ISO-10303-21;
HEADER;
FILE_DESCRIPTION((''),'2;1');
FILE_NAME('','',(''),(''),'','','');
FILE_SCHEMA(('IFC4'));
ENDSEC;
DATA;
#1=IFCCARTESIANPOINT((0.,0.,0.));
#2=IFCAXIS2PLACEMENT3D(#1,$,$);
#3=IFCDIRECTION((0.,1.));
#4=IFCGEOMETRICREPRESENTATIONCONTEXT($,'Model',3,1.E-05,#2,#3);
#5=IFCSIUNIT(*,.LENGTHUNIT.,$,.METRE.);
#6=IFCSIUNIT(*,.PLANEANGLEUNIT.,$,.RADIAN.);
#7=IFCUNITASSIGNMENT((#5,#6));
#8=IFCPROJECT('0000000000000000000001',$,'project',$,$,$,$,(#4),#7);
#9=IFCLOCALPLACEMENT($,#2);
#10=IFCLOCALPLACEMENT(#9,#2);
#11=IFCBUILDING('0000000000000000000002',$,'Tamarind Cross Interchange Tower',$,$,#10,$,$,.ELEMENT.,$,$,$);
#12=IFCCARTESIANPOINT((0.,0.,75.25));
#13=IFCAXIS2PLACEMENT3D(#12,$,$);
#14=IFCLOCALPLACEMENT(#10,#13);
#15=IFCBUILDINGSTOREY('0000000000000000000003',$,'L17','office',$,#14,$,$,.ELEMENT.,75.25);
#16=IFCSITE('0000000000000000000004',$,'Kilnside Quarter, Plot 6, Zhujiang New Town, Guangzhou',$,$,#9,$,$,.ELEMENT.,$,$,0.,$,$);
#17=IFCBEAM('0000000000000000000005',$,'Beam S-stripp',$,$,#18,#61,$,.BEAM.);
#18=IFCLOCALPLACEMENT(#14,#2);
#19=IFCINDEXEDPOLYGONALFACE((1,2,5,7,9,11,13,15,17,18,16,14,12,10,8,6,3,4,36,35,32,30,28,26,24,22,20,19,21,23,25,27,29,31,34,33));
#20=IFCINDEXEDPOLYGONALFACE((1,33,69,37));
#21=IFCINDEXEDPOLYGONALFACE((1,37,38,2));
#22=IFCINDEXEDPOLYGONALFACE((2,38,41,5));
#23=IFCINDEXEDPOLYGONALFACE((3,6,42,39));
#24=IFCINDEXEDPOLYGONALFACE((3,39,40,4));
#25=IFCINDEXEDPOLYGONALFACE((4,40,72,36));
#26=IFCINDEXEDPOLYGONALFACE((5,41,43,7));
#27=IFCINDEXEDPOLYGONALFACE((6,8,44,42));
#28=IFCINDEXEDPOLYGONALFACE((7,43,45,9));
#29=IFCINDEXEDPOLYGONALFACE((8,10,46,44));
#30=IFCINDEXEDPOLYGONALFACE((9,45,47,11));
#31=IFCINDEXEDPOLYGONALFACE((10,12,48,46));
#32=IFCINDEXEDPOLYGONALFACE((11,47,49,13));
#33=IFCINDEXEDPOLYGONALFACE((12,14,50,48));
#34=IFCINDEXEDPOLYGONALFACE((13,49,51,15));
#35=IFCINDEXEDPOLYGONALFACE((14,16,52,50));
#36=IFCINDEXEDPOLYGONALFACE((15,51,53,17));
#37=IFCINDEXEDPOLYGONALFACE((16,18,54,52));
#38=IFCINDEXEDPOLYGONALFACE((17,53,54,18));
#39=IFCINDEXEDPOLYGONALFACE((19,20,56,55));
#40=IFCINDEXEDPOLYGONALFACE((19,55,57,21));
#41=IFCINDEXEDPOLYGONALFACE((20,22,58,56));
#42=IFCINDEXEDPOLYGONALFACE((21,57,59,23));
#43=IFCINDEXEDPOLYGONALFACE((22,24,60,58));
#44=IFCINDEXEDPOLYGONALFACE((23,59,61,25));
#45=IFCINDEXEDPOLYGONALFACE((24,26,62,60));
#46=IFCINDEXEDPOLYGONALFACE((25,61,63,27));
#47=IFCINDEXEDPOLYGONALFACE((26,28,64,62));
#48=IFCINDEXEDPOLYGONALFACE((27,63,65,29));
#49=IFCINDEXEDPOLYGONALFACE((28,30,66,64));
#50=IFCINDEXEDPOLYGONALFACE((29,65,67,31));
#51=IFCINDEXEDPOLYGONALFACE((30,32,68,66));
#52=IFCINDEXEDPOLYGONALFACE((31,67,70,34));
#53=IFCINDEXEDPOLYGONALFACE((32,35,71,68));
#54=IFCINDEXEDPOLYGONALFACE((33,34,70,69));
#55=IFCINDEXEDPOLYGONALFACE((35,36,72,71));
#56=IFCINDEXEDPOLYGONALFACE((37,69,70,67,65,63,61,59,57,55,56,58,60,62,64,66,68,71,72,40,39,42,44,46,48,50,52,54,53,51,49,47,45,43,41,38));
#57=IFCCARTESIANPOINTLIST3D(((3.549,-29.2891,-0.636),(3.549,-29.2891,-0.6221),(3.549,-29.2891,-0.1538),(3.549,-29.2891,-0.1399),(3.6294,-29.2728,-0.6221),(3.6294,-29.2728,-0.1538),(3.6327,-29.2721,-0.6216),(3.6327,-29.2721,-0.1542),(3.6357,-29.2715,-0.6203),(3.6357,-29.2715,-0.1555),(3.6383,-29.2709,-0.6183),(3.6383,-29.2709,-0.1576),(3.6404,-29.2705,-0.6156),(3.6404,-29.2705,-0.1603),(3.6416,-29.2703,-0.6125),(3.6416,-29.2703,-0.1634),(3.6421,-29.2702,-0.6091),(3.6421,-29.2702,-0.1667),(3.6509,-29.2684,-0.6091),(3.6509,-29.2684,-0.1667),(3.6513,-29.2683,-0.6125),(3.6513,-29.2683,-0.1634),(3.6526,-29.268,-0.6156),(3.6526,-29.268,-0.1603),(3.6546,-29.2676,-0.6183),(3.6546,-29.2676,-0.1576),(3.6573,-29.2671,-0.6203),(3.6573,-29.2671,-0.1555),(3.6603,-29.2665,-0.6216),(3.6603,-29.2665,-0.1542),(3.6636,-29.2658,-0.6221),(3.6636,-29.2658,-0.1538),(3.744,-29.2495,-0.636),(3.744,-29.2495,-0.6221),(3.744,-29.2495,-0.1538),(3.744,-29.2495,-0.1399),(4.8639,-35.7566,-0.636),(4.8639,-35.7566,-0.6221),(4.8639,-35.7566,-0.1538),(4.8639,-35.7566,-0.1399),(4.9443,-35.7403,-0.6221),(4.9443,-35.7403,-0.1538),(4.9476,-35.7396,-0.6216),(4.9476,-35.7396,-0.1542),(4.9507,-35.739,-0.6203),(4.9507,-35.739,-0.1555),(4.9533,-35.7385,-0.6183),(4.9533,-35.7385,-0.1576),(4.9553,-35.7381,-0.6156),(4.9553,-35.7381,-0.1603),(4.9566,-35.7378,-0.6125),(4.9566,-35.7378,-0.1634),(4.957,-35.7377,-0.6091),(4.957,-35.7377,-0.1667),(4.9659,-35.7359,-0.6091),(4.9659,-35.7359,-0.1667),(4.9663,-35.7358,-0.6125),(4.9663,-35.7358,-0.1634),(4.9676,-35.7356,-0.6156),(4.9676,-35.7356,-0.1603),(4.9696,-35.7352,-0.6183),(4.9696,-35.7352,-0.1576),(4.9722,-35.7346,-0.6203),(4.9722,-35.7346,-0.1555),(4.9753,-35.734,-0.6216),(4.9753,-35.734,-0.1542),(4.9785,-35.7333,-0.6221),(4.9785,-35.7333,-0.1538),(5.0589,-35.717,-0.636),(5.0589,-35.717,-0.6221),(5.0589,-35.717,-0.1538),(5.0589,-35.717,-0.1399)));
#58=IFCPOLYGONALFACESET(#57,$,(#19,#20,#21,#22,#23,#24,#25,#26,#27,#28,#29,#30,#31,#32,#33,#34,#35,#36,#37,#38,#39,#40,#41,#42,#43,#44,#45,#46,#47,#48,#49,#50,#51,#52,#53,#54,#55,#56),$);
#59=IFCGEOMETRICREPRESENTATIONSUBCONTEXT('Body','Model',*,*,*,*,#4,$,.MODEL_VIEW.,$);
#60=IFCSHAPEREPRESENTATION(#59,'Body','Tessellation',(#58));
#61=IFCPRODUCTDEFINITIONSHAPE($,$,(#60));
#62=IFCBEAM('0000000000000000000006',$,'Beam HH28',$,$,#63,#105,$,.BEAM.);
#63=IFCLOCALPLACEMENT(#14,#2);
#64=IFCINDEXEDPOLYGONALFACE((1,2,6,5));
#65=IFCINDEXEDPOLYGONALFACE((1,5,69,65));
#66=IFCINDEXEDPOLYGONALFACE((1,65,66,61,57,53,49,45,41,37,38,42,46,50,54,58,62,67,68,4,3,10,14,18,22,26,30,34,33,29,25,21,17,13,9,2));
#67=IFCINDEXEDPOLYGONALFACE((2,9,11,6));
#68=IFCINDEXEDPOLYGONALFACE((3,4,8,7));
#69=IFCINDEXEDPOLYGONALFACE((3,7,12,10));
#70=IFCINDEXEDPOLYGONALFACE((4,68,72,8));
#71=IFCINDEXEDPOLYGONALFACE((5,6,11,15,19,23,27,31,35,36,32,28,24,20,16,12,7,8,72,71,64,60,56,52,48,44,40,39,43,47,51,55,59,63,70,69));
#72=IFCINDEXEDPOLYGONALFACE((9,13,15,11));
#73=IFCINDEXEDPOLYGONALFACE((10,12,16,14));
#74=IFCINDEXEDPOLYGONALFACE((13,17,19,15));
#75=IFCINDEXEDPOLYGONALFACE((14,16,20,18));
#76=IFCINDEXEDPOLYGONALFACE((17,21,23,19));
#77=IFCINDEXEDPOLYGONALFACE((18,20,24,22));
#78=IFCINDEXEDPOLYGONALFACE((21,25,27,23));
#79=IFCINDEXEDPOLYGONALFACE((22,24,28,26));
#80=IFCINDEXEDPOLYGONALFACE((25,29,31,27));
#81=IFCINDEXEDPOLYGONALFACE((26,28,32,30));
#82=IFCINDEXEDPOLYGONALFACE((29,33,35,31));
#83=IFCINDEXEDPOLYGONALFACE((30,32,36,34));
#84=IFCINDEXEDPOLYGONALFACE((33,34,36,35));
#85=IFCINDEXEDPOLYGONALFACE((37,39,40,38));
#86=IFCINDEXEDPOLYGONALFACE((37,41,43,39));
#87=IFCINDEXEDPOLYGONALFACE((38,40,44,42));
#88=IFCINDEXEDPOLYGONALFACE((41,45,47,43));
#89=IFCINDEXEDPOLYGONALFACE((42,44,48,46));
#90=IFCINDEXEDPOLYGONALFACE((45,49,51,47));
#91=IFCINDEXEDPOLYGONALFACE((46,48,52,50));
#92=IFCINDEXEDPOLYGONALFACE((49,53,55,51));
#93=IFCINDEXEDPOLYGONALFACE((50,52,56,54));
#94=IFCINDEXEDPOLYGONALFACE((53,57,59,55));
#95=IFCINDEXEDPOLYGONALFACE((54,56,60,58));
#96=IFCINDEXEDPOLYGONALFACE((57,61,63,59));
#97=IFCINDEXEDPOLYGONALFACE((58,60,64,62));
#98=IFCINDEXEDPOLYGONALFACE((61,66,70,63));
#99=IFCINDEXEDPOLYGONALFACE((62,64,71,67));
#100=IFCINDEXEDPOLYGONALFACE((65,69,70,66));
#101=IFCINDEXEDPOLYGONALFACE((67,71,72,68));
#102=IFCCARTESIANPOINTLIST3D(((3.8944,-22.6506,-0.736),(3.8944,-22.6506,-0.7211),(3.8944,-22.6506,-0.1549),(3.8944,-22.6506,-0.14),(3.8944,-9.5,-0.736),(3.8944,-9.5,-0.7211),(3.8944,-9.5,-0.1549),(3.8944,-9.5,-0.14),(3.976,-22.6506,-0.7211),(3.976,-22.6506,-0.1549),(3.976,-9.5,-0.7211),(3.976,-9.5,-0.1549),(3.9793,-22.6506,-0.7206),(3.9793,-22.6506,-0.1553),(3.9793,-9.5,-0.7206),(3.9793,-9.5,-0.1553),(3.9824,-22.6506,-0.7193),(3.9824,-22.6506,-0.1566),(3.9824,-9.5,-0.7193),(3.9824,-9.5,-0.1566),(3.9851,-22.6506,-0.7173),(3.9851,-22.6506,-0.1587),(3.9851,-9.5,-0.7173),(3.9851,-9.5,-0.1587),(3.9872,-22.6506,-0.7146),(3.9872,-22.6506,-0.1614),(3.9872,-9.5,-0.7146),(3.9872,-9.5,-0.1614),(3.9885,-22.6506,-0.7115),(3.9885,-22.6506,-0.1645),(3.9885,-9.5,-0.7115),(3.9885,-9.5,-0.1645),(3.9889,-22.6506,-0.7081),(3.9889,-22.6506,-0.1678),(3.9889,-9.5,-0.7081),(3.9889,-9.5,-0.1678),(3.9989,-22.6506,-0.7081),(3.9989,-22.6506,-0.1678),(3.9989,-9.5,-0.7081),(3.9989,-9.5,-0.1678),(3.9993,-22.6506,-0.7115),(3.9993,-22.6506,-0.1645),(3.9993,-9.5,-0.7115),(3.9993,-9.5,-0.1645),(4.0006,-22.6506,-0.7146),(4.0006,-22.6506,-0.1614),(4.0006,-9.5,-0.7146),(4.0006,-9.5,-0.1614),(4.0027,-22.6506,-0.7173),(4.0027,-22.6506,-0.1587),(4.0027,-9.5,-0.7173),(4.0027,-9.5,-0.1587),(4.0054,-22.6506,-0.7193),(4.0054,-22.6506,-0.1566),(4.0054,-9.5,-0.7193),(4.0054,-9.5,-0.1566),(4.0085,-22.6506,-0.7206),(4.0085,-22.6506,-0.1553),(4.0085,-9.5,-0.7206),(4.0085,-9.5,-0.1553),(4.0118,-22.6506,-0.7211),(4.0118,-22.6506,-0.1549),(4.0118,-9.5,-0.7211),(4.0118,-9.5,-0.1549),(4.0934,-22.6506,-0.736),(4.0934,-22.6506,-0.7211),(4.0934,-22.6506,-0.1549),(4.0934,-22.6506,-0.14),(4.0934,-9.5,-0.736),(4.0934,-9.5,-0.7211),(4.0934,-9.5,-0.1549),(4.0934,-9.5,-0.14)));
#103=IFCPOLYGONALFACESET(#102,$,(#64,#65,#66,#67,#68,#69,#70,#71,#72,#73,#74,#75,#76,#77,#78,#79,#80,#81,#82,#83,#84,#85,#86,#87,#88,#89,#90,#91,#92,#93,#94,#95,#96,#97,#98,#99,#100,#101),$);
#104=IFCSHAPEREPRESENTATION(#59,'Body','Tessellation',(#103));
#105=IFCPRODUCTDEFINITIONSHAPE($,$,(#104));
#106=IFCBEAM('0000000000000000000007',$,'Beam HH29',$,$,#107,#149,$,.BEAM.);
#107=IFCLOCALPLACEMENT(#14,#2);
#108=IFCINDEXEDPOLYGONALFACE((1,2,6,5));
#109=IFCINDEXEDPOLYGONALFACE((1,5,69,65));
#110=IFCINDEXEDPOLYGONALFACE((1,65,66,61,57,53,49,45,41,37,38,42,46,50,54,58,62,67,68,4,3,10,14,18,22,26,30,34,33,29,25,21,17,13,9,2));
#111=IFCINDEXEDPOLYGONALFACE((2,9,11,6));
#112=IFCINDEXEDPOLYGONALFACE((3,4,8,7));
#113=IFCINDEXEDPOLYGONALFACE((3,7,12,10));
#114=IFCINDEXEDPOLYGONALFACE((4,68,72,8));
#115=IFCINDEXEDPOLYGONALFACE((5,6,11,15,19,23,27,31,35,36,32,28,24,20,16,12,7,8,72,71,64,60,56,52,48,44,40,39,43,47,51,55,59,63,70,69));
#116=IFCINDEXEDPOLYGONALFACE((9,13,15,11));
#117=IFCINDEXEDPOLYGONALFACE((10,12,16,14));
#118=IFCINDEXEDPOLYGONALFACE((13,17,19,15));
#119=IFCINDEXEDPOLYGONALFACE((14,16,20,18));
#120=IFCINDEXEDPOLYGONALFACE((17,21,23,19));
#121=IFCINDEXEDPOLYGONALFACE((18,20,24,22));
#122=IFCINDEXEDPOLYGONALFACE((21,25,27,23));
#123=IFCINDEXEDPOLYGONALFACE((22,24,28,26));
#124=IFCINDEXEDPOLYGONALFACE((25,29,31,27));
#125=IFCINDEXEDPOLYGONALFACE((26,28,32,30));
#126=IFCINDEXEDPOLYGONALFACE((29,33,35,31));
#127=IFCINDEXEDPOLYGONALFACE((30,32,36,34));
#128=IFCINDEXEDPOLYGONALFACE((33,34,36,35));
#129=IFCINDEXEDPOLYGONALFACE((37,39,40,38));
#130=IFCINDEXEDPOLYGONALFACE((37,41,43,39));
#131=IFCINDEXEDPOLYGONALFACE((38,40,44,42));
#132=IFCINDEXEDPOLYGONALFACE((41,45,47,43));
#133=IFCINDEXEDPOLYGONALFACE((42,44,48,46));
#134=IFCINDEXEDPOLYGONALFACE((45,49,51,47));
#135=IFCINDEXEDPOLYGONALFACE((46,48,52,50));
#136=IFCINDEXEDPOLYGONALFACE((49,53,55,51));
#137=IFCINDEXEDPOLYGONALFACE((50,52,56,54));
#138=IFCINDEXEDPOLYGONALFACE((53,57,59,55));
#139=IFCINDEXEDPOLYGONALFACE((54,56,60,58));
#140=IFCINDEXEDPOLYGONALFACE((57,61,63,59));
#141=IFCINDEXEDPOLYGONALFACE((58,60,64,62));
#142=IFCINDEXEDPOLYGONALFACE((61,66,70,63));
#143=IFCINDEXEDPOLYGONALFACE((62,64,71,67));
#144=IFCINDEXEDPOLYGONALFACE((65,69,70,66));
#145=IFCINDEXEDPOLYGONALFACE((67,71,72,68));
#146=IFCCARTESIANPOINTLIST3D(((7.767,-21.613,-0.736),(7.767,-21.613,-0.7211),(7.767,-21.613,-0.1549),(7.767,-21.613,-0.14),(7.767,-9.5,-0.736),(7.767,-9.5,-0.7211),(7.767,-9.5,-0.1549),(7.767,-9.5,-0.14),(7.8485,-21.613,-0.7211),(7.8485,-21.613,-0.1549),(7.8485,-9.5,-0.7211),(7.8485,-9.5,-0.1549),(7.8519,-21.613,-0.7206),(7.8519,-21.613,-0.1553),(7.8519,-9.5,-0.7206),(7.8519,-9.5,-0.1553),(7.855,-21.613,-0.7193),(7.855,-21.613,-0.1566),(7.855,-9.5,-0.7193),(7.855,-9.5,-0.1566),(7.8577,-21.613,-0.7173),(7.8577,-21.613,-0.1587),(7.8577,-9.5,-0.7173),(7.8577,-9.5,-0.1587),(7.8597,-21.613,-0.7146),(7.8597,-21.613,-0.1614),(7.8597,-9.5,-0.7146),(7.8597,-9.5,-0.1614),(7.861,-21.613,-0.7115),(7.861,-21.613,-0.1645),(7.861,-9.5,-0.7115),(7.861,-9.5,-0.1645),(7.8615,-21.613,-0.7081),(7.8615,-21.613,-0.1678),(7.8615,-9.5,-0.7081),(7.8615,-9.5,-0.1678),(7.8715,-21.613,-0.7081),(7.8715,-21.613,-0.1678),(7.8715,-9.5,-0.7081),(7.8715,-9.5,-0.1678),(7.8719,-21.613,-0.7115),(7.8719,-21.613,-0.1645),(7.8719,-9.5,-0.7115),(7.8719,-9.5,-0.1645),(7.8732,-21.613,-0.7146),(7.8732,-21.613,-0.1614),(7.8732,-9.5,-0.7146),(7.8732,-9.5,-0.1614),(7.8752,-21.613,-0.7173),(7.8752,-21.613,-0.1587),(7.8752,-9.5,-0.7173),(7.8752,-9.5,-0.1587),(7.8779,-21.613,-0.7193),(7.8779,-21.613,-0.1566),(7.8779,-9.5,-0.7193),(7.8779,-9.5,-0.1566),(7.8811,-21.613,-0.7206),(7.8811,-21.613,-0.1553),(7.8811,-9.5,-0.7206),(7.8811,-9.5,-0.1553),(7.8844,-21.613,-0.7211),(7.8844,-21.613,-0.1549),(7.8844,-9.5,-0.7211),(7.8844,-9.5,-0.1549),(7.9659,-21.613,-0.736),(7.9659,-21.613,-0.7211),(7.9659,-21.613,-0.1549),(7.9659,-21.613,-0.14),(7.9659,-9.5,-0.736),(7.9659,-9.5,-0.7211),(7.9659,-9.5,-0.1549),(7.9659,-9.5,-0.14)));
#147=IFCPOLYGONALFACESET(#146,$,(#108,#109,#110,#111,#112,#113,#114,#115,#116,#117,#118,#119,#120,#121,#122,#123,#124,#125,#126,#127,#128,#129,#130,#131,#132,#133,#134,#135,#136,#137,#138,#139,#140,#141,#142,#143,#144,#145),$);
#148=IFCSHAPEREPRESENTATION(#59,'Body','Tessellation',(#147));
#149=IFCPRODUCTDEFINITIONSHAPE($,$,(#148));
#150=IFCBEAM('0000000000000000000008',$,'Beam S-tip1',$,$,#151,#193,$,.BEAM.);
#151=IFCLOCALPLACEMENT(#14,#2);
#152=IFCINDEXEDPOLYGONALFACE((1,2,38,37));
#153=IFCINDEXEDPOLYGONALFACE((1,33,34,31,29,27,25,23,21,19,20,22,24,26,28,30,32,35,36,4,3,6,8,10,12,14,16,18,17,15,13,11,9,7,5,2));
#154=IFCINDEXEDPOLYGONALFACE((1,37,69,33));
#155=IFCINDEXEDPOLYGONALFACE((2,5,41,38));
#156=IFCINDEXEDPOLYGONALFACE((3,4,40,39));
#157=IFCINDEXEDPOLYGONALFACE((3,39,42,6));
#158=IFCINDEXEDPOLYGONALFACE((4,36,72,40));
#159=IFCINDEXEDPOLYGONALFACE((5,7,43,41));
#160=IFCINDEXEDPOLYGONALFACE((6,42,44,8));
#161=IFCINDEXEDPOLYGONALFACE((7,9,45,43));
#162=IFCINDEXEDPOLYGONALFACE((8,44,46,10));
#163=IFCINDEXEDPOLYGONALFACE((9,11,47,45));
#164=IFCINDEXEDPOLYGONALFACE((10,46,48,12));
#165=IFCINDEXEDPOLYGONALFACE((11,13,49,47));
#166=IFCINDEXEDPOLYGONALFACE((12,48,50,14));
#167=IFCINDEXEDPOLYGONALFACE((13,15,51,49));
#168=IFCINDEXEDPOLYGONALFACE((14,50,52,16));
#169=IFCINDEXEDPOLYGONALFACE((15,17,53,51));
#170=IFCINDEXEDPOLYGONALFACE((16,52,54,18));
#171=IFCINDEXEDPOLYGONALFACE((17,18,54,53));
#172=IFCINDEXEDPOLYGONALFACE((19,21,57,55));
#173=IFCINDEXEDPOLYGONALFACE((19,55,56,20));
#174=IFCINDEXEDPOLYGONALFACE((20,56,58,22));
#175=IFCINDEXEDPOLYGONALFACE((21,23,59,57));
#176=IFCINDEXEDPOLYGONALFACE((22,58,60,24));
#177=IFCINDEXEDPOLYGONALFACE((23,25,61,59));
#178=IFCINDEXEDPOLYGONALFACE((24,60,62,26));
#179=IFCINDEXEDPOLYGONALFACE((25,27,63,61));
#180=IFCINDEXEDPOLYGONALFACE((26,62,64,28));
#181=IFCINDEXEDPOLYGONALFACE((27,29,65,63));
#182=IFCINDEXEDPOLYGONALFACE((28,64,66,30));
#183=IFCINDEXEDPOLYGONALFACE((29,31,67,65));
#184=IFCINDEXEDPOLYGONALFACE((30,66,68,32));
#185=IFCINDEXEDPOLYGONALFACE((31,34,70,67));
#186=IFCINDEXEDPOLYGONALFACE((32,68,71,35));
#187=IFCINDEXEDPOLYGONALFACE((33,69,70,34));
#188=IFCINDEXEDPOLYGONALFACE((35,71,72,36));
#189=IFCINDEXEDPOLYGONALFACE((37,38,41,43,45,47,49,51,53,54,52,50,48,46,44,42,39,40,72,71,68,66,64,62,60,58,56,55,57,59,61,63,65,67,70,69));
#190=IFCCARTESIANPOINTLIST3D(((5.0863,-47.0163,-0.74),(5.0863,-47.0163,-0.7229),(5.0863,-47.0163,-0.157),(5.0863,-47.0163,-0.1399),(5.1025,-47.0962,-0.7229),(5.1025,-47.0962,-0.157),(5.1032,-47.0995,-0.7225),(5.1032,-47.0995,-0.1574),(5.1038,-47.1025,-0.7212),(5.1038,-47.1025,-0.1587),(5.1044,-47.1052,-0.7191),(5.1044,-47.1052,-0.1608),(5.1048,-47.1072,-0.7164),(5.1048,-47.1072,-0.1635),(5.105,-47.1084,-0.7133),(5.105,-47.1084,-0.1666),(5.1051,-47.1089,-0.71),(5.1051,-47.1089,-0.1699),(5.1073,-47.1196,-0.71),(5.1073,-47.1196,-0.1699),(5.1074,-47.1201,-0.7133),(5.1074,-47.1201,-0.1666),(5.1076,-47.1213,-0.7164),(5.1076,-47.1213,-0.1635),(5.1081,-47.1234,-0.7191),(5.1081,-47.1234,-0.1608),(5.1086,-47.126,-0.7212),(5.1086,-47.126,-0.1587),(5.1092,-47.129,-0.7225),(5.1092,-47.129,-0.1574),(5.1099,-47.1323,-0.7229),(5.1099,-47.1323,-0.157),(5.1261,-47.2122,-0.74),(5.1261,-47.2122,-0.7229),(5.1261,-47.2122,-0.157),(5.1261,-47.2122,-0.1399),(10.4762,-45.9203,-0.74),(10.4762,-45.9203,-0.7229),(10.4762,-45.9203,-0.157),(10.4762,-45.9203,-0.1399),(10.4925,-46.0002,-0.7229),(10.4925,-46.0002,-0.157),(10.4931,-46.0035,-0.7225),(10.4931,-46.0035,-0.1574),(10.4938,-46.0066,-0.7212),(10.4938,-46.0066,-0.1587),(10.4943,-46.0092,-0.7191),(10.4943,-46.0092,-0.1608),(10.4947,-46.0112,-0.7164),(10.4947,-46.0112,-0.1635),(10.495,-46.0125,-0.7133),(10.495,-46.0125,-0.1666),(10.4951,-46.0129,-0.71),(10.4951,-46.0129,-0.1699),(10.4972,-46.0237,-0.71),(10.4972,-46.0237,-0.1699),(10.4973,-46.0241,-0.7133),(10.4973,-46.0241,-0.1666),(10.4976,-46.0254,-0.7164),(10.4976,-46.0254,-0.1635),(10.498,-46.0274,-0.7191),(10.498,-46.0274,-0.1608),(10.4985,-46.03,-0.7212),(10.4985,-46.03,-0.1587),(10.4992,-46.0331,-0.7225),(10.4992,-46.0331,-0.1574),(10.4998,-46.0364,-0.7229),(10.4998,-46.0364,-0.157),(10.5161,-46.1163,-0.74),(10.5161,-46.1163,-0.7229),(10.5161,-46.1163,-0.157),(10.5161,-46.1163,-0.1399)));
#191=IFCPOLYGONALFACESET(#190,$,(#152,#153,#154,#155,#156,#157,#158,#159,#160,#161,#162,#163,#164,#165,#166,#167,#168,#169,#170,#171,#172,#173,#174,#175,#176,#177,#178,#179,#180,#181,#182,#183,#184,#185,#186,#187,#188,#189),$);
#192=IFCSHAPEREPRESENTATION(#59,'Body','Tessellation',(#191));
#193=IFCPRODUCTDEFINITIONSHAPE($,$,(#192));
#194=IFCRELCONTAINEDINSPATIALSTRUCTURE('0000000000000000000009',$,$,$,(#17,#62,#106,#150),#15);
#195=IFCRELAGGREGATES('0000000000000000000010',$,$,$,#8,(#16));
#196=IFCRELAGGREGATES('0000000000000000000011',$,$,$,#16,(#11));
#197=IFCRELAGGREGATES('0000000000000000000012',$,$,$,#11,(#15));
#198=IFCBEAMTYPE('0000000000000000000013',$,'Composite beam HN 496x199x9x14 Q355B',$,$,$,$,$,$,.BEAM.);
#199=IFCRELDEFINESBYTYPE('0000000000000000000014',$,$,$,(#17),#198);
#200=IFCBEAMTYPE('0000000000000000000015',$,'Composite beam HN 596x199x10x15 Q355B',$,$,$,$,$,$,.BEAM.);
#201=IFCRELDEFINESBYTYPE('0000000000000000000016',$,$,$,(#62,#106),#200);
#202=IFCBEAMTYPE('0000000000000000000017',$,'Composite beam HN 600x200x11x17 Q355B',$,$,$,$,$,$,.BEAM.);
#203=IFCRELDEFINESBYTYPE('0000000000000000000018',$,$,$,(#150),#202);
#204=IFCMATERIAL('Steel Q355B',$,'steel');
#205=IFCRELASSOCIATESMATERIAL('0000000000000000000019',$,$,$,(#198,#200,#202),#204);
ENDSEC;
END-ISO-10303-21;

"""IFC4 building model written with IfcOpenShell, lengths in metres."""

from ifc_helpers import new_model, si_unit, direction, frame, origin, origin_2d, place, context, subcontext, project, spatial, i_section, extrude, material, material_profile, profile_set, type_object, element, save


model = new_model("IFC4")

# Units and contexts
model_context = context("Model", 3, precision=1e-05, world=origin(), true_north=direction((0.0, 1.0)))
body_context = subcontext(model_context, "Body", "Model", "MODEL_VIEW")
ifc_project = project(units=[si_unit("LENGTHUNIT", "METRE"), si_unit("PLANEANGLEUNIT", "RADIAN")], contexts=[model_context])

# Site, building, storey
site_placement = place(None, origin())
site = spatial("IfcSite", under=ifc_project, at=site_placement, Name="Kilnside Quarter, Plot 6, Zhujiang New Town, Guangzhou", CompositionType="ELEMENT", RefElevation=0.0)
building_placement = place(site_placement, origin())
building = spatial("IfcBuilding", under=site, at=building_placement, Name="Tamarind Cross Interchange Tower", CompositionType="ELEMENT")
storey_placement = place(building_placement, frame((0.0, 0.0, 75.25)))
storey = spatial("IfcBuildingStorey", under=building, at=storey_placement, Name="L17", Description="office", CompositionType="ELEMENT", Elevation=75.25)

# Beams
ifc_material_1 = material(Name="Steel Q355B", Category="steel")
ifc_material_profile_1 = material_profile(ifc_material_1, i_section(OverallWidth=0.199, OverallDepth=0.4961, WebThickness=0.009, FlangeThickness=0.0139, FilletRadius=0.0129, at=origin_2d()), Name="HN 496x199x9x14")
ifc_profile_set_1 = profile_set([ifc_material_profile_1], Name="Steel Q355B")
beam_type_1 = type_object("IfcBeamType", Name="Composite beam HN 496x199x9x14 Q355B", PredefinedType="BEAM", material=ifc_profile_set_1)
beam_1_placement = place(storey_placement, frame((3.6465, -29.2693, -0.3879), z_axis=(0.199238, -0.979951, 0.0), x_axis=(0.979951, 0.199238, 0.0)))
element("IfcBeam", 1, at=beam_1_placement, inside=storey, type_object=beam_type_1, Name="Beam S-stripp", PredefinedType="BEAM", context=body_context, shape_type="SweptSolid", body=[
    extrude(i_section(OverallWidth=0.199, OverallDepth=0.4961, WebThickness=0.009, FlangeThickness=0.0139, FilletRadius=0.0129, at=origin_2d()), origin(), (0.0, 0.0, 1.0), 6.5999),
])
ifc_material_profile_2 = material_profile(ifc_material_1, i_section(OverallWidth=0.199, OverallDepth=0.5959, WebThickness=0.01, FlangeThickness=0.0149, FilletRadius=0.0129, at=origin_2d()), Name="HN 596x199x10x15")
ifc_profile_set_2 = profile_set([ifc_material_profile_2], Name="Steel Q355B")
beam_type_2 = type_object("IfcBeamType", Name="Composite beam HN 596x199x10x15 Q355B", PredefinedType="BEAM", material=ifc_profile_set_2)
beam_2_placement = place(storey_placement, frame((3.9939, -22.6506, -0.438), z_axis=(0.0, 1.0, 0.0), x_axis=(-1.0, 0.0, 0.0)))
element("IfcBeam", 2, at=beam_2_placement, inside=storey, type_object=beam_type_2, Name="Beam HH28", PredefinedType="BEAM", context=body_context, shape_type="SweptSolid", body=[
    extrude(i_section(OverallWidth=0.199, OverallDepth=0.5959, WebThickness=0.01, FlangeThickness=0.0149, FilletRadius=0.0129, at=origin_2d()), origin(), (0.0, 0.0, 1.0), 13.1506),
])
beam_3_placement = place(storey_placement, frame((7.8665, -21.613, -0.438), z_axis=(0.0, 1.0, 0.0), x_axis=(-1.0, 0.0, 0.0)))
element("IfcBeam", 3, at=beam_3_placement, inside=storey, type_object=beam_type_2, Name="Beam HH29", PredefinedType="BEAM", context=body_context, shape_type="SweptSolid", body=[
    extrude(i_section(OverallWidth=0.199, OverallDepth=0.5959, WebThickness=0.01, FlangeThickness=0.0149, FilletRadius=0.0129, at=origin_2d()), origin(), (0.0, 0.0, 1.0), 12.113),
])
ifc_material_profile_3 = material_profile(ifc_material_1, i_section(OverallWidth=0.2, OverallDepth=0.6001, WebThickness=0.011, FlangeThickness=0.0171, FilletRadius=0.0129, at=origin_2d()), Name="HN 600x200x11x17")
ifc_profile_set_3 = profile_set([ifc_material_profile_3], Name="Steel Q355B")
beam_type_3 = type_object("IfcBeamType", Name="Composite beam HN 600x200x11x17 Q355B", PredefinedType="BEAM", material=ifc_profile_set_3)
beam_4_placement = place(storey_placement, frame((5.1062, -47.1143, -0.4399), z_axis=(0.979947, 0.199256, 0.0), x_axis=(-0.199256, 0.979947, 0.0)))
element("IfcBeam", 4, at=beam_4_placement, inside=storey, type_object=beam_type_3, Name="Beam S-tip1", PredefinedType="BEAM", context=body_context, shape_type="SweptSolid", body=[
    extrude(i_section(OverallWidth=0.2, OverallDepth=0.6001, WebThickness=0.011, FlangeThickness=0.0171, FilletRadius=0.0129, at=origin_2d()), origin(), (0.0, 0.0, 1.0), 5.5002),
])

save(model, "model.ifc")
